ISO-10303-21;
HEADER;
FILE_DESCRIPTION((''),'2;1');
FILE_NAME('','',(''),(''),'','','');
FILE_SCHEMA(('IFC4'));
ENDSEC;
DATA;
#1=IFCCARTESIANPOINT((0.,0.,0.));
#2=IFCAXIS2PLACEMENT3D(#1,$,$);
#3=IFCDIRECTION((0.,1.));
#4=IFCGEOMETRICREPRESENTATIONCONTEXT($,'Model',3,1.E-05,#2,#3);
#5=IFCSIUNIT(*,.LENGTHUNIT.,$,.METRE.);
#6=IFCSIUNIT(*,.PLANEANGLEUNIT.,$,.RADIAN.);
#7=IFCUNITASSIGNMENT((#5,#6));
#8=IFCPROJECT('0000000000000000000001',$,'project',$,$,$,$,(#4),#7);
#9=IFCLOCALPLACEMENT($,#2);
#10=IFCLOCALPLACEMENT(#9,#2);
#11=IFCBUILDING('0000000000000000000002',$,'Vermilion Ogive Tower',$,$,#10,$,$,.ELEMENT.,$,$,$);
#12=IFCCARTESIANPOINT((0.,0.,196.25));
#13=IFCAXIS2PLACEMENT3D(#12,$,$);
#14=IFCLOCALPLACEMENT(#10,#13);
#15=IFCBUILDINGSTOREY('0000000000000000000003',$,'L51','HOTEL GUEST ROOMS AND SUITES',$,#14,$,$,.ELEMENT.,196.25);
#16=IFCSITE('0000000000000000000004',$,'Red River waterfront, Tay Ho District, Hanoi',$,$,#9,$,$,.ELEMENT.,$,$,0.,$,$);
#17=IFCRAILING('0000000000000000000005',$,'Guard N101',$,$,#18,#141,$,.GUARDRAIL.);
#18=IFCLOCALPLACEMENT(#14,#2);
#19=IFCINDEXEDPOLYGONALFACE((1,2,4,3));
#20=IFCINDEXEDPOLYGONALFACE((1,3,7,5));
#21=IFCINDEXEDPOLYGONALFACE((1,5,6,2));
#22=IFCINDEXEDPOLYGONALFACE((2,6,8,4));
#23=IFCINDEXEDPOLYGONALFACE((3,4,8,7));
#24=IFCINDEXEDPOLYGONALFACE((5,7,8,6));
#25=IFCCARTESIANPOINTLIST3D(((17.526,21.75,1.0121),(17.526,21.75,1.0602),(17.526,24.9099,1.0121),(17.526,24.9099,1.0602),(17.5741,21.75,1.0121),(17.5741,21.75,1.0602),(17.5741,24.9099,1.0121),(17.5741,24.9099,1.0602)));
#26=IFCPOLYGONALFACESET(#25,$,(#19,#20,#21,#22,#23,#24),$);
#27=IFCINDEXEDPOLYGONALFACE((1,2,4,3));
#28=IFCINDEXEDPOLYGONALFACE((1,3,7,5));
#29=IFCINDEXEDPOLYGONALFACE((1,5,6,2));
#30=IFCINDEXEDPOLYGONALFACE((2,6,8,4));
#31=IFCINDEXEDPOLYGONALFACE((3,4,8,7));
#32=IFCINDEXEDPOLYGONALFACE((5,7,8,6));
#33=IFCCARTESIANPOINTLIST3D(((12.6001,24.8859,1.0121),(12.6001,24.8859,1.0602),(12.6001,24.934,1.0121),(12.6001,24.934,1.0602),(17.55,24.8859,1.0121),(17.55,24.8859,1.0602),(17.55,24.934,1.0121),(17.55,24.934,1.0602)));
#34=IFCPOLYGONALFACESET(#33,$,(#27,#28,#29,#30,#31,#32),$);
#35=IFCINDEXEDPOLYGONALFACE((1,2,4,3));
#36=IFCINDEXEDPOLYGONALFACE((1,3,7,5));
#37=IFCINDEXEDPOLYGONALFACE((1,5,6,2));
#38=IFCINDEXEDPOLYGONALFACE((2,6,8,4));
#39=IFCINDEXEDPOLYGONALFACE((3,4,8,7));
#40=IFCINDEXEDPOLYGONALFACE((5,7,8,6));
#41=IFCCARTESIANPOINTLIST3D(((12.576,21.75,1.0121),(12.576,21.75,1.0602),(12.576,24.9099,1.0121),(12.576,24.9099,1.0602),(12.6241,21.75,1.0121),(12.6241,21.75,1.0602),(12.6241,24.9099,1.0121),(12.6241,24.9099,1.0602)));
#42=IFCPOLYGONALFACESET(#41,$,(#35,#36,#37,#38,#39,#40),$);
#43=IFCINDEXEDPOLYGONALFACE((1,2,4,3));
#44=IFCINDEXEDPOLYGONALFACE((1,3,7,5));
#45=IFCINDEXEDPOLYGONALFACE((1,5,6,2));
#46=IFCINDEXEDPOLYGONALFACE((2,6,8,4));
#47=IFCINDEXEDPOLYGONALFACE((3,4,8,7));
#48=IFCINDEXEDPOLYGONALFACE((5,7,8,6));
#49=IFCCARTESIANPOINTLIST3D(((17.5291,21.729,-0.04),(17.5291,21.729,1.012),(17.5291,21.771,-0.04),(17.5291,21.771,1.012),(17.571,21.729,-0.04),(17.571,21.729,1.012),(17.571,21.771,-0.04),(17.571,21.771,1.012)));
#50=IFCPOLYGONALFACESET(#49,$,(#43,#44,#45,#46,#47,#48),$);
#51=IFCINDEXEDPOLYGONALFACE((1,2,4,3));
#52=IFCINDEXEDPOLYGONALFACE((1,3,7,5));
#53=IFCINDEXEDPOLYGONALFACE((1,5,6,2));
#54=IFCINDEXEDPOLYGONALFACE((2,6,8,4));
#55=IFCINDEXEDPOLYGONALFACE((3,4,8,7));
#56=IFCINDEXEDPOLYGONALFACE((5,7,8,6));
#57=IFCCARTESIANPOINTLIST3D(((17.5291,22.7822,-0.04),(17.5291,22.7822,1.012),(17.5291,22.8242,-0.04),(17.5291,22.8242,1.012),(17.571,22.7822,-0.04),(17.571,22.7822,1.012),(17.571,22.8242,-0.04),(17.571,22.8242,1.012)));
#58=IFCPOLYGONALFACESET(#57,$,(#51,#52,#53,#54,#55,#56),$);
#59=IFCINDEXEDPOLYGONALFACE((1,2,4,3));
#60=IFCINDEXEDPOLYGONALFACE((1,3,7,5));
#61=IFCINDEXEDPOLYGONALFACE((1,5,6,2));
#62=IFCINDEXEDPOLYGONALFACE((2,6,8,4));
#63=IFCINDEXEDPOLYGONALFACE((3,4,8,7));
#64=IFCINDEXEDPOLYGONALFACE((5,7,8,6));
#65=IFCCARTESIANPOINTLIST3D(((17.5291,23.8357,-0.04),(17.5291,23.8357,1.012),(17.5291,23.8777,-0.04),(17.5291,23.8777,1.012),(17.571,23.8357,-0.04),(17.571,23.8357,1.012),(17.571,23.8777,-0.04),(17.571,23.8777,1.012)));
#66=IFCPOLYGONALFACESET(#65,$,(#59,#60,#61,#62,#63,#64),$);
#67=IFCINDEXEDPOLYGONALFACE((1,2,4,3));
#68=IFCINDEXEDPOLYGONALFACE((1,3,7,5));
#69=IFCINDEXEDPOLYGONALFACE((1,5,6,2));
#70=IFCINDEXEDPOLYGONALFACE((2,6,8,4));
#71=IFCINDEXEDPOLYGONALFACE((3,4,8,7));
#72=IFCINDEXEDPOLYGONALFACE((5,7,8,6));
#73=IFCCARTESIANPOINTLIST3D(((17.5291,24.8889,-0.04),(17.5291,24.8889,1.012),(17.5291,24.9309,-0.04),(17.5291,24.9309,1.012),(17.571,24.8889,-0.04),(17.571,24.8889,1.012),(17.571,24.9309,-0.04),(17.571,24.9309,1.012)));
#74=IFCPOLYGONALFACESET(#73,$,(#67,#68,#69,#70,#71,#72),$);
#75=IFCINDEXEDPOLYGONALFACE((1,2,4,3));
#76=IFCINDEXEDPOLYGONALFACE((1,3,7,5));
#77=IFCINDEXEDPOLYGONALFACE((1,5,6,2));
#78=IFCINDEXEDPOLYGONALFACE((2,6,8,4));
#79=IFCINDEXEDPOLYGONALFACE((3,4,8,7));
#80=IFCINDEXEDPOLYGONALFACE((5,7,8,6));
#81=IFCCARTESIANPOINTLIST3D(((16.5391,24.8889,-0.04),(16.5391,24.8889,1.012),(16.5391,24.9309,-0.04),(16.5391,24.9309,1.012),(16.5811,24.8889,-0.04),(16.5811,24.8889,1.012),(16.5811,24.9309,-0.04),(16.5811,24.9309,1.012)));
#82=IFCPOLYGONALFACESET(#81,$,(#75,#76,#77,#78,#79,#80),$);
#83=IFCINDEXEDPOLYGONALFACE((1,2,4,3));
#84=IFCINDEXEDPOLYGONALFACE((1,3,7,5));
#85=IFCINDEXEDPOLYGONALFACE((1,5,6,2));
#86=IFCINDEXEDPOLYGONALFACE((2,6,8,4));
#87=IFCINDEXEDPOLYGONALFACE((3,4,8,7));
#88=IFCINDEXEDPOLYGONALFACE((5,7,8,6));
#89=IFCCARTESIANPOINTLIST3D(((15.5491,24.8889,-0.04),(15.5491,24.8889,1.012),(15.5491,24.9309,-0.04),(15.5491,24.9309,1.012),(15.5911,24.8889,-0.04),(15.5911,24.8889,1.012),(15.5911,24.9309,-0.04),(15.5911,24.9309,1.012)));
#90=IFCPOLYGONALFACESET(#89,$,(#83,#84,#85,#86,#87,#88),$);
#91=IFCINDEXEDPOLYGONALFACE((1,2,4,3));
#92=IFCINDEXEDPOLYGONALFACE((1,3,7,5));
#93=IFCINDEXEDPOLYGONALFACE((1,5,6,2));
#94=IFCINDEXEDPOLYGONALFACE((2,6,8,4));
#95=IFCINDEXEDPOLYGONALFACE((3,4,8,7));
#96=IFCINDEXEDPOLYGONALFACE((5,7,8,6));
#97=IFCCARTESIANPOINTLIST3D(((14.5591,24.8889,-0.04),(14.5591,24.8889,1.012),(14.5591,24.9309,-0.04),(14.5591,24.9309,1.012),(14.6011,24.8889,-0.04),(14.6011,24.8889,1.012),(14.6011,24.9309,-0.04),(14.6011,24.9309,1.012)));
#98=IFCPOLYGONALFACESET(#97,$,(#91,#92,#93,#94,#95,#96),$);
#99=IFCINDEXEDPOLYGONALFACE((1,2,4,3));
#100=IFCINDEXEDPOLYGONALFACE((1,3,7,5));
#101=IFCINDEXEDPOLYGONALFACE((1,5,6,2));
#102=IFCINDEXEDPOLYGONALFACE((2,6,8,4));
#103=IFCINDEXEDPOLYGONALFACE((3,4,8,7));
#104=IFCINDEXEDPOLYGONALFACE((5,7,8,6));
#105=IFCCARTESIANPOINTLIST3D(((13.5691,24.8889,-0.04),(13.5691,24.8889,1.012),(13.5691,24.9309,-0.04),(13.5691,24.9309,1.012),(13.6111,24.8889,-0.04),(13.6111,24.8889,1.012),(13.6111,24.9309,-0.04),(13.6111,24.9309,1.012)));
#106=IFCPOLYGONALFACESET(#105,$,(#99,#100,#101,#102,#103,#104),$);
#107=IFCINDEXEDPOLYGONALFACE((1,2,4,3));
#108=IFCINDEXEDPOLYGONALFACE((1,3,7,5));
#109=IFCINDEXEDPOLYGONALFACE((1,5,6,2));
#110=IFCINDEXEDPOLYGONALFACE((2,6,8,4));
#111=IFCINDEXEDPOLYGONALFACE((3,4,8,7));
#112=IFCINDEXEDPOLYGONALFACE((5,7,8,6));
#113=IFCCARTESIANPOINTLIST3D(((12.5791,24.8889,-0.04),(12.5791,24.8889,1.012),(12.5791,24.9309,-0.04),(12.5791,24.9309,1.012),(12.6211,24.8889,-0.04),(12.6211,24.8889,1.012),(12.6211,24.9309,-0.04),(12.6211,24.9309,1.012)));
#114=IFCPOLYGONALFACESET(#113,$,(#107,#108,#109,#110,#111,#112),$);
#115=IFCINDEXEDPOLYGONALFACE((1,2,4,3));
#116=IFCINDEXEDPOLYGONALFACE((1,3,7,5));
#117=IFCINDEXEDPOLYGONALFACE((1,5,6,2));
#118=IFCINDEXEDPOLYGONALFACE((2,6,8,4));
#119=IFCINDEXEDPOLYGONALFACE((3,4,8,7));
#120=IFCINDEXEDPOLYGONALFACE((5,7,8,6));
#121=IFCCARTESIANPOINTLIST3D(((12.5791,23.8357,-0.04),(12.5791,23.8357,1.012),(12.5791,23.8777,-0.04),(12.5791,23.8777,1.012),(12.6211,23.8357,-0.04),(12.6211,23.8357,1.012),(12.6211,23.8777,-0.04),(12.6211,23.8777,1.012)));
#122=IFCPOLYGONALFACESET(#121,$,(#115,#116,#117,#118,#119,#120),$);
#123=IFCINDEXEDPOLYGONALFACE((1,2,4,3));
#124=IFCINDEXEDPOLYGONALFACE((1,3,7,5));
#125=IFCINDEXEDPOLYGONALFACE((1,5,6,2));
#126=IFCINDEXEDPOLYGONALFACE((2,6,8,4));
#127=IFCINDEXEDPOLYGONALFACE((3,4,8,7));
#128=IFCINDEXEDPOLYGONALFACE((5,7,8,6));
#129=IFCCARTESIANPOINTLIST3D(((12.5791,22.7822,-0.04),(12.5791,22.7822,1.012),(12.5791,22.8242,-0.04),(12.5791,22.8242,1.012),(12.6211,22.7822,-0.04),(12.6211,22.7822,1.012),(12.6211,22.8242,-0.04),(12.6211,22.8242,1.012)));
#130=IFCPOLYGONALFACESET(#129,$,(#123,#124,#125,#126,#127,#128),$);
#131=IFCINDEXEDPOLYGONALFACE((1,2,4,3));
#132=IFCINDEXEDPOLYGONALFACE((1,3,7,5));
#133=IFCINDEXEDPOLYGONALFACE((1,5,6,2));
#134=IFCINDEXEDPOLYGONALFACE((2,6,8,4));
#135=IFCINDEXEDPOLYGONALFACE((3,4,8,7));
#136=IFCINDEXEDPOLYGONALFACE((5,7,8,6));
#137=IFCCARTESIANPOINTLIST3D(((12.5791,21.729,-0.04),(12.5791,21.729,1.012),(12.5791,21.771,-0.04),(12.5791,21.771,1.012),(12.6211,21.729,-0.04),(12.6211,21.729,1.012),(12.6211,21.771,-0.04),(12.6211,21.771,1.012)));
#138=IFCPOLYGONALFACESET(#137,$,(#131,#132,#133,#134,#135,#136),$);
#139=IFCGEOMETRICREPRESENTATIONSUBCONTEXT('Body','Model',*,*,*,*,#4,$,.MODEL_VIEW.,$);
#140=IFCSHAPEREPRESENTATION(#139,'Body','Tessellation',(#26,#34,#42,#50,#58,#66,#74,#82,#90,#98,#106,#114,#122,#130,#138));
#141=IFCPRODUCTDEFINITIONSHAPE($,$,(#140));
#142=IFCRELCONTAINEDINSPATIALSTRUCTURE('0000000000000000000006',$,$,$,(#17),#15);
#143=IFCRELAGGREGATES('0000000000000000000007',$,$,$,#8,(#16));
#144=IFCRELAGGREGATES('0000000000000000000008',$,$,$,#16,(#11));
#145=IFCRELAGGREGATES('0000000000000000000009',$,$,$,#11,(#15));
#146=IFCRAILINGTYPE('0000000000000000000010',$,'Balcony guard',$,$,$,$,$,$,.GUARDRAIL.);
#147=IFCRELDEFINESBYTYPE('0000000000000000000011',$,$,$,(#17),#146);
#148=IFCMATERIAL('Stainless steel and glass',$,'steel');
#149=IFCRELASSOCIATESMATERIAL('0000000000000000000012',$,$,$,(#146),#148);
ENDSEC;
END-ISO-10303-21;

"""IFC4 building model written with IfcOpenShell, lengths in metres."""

from ifc_helpers import new_model, si_unit, direction, frame, origin, origin_2d, place, context, subcontext, project, spatial, rectangle, extrude, material, type_object, element, save


model = new_model("IFC4")

# Units and contexts
model_context = context("Model", 3, precision=1e-05, world=origin(), true_north=direction((0.0, 1.0)))
body_context = subcontext(model_context, "Body", "Model", "MODEL_VIEW")
ifc_project = project(units=[si_unit("LENGTHUNIT", "METRE"), si_unit("PLANEANGLEUNIT", "RADIAN")], contexts=[model_context])

# Site, building, storey
site_placement = place(None, origin())
site = spatial("IfcSite", under=ifc_project, at=site_placement, Name="Red River waterfront, Tay Ho District, Hanoi", CompositionType="ELEMENT", RefElevation=0.0)
building_placement = place(site_placement, origin())
building = spatial("IfcBuilding", under=site, at=building_placement, Name="Vermilion Ogive Tower", CompositionType="ELEMENT")
storey_placement = place(building_placement, frame((0.0, 0.0, 196.25)))
storey = spatial("IfcBuildingStorey", under=building, at=storey_placement, Name="L51", Description="HOTEL GUEST ROOMS AND SUITES", CompositionType="ELEMENT", Elevation=196.25)

# Railing
ifc_material_1 = material(Name="Stainless steel and glass", Category="steel")
railing_type_1 = type_object("IfcRailingType", Name="Balcony guard", PredefinedType="GUARDRAIL", material=ifc_material_1)
railing_1_placement = place(storey_placement, frame((17.55, 21.75, -0.04)))
element("IfcRailing", 1, at=railing_1_placement, inside=storey, type_object=railing_type_1, Name="Guard N101", PredefinedType="GUARDRAIL", context=body_context, shape_type="SweptSolid", body=[
    extrude(rectangle(XDim=0.0481, YDim=0.0481, at=origin_2d()), frame((0.0, 0.0, 1.0762), z_axis=(0.0, 1.0, 0.0), x_axis=(-1.0, 0.0, 0.0)), (0.0, 0.0, 1.0), 3.1599),
    extrude(rectangle(XDim=0.0481, YDim=0.0481, at=origin_2d()), frame((0.0, 3.1599, 1.0762), z_axis=(-1.0, 0.0, 0.0), x_axis=(0.0, -1.0, 0.0)), (0.0, 0.0, 1.0), 4.95),
    extrude(rectangle(XDim=0.0481, YDim=0.0481, at=origin_2d()), frame((-4.95, 3.1599, 1.0762), z_axis=(0.0, -1.0, 0.0), x_axis=(1.0, 0.0, 0.0)), (0.0, 0.0, 1.0), 3.1599),
    extrude(rectangle(XDim=0.042, YDim=0.042, at=origin_2d()), origin(), (0.0, 0.0, 1.0), 1.052),
    extrude(rectangle(XDim=0.042, YDim=0.042, at=origin_2d()), frame((0.0, 1.0532, 0.0)), (0.0, 0.0, 1.0), 1.052),
    extrude(rectangle(XDim=0.042, YDim=0.042, at=origin_2d()), frame((0.0, 2.1067, 0.0)), (0.0, 0.0, 1.0), 1.052),
    extrude(rectangle(XDim=0.042, YDim=0.042, at=origin_2d()), frame((0.0, 3.1599, 0.0)), (0.0, 0.0, 1.0), 1.052),
    extrude(rectangle(XDim=0.042, YDim=0.042, at=origin_2d()), frame((-0.99, 3.1599, 0.0)), (0.0, 0.0, 1.0), 1.052),
    extrude(rectangle(XDim=0.042, YDim=0.042, at=origin_2d()), frame((-1.98, 3.1599, 0.0)), (0.0, 0.0, 1.0), 1.052),
    extrude(rectangle(XDim=0.042, YDim=0.042, at=origin_2d()), frame((-2.97, 3.1599, 0.0)), (0.0, 0.0, 1.0), 1.052),
    extrude(rectangle(XDim=0.042, YDim=0.042, at=origin_2d()), frame((-3.96, 3.1599, 0.0)), (0.0, 0.0, 1.0), 1.052),
    extrude(rectangle(XDim=0.042, YDim=0.042, at=origin_2d()), frame((-4.95, 3.1599, 0.0)), (0.0, 0.0, 1.0), 1.052),
    extrude(rectangle(XDim=0.042, YDim=0.042, at=origin_2d()), frame((-4.95, 2.1067, 0.0)), (0.0, 0.0, 1.0), 1.052),
    extrude(rectangle(XDim=0.042, YDim=0.042, at=origin_2d()), frame((-4.95, 1.0532, 0.0)), (0.0, 0.0, 1.0), 1.052),
    extrude(rectangle(XDim=0.042, YDim=0.042, at=origin_2d()), frame((-4.95, 0.0, 0.0)), (0.0, 0.0, 1.0), 1.052),
])

save(model, "model.ifc")
